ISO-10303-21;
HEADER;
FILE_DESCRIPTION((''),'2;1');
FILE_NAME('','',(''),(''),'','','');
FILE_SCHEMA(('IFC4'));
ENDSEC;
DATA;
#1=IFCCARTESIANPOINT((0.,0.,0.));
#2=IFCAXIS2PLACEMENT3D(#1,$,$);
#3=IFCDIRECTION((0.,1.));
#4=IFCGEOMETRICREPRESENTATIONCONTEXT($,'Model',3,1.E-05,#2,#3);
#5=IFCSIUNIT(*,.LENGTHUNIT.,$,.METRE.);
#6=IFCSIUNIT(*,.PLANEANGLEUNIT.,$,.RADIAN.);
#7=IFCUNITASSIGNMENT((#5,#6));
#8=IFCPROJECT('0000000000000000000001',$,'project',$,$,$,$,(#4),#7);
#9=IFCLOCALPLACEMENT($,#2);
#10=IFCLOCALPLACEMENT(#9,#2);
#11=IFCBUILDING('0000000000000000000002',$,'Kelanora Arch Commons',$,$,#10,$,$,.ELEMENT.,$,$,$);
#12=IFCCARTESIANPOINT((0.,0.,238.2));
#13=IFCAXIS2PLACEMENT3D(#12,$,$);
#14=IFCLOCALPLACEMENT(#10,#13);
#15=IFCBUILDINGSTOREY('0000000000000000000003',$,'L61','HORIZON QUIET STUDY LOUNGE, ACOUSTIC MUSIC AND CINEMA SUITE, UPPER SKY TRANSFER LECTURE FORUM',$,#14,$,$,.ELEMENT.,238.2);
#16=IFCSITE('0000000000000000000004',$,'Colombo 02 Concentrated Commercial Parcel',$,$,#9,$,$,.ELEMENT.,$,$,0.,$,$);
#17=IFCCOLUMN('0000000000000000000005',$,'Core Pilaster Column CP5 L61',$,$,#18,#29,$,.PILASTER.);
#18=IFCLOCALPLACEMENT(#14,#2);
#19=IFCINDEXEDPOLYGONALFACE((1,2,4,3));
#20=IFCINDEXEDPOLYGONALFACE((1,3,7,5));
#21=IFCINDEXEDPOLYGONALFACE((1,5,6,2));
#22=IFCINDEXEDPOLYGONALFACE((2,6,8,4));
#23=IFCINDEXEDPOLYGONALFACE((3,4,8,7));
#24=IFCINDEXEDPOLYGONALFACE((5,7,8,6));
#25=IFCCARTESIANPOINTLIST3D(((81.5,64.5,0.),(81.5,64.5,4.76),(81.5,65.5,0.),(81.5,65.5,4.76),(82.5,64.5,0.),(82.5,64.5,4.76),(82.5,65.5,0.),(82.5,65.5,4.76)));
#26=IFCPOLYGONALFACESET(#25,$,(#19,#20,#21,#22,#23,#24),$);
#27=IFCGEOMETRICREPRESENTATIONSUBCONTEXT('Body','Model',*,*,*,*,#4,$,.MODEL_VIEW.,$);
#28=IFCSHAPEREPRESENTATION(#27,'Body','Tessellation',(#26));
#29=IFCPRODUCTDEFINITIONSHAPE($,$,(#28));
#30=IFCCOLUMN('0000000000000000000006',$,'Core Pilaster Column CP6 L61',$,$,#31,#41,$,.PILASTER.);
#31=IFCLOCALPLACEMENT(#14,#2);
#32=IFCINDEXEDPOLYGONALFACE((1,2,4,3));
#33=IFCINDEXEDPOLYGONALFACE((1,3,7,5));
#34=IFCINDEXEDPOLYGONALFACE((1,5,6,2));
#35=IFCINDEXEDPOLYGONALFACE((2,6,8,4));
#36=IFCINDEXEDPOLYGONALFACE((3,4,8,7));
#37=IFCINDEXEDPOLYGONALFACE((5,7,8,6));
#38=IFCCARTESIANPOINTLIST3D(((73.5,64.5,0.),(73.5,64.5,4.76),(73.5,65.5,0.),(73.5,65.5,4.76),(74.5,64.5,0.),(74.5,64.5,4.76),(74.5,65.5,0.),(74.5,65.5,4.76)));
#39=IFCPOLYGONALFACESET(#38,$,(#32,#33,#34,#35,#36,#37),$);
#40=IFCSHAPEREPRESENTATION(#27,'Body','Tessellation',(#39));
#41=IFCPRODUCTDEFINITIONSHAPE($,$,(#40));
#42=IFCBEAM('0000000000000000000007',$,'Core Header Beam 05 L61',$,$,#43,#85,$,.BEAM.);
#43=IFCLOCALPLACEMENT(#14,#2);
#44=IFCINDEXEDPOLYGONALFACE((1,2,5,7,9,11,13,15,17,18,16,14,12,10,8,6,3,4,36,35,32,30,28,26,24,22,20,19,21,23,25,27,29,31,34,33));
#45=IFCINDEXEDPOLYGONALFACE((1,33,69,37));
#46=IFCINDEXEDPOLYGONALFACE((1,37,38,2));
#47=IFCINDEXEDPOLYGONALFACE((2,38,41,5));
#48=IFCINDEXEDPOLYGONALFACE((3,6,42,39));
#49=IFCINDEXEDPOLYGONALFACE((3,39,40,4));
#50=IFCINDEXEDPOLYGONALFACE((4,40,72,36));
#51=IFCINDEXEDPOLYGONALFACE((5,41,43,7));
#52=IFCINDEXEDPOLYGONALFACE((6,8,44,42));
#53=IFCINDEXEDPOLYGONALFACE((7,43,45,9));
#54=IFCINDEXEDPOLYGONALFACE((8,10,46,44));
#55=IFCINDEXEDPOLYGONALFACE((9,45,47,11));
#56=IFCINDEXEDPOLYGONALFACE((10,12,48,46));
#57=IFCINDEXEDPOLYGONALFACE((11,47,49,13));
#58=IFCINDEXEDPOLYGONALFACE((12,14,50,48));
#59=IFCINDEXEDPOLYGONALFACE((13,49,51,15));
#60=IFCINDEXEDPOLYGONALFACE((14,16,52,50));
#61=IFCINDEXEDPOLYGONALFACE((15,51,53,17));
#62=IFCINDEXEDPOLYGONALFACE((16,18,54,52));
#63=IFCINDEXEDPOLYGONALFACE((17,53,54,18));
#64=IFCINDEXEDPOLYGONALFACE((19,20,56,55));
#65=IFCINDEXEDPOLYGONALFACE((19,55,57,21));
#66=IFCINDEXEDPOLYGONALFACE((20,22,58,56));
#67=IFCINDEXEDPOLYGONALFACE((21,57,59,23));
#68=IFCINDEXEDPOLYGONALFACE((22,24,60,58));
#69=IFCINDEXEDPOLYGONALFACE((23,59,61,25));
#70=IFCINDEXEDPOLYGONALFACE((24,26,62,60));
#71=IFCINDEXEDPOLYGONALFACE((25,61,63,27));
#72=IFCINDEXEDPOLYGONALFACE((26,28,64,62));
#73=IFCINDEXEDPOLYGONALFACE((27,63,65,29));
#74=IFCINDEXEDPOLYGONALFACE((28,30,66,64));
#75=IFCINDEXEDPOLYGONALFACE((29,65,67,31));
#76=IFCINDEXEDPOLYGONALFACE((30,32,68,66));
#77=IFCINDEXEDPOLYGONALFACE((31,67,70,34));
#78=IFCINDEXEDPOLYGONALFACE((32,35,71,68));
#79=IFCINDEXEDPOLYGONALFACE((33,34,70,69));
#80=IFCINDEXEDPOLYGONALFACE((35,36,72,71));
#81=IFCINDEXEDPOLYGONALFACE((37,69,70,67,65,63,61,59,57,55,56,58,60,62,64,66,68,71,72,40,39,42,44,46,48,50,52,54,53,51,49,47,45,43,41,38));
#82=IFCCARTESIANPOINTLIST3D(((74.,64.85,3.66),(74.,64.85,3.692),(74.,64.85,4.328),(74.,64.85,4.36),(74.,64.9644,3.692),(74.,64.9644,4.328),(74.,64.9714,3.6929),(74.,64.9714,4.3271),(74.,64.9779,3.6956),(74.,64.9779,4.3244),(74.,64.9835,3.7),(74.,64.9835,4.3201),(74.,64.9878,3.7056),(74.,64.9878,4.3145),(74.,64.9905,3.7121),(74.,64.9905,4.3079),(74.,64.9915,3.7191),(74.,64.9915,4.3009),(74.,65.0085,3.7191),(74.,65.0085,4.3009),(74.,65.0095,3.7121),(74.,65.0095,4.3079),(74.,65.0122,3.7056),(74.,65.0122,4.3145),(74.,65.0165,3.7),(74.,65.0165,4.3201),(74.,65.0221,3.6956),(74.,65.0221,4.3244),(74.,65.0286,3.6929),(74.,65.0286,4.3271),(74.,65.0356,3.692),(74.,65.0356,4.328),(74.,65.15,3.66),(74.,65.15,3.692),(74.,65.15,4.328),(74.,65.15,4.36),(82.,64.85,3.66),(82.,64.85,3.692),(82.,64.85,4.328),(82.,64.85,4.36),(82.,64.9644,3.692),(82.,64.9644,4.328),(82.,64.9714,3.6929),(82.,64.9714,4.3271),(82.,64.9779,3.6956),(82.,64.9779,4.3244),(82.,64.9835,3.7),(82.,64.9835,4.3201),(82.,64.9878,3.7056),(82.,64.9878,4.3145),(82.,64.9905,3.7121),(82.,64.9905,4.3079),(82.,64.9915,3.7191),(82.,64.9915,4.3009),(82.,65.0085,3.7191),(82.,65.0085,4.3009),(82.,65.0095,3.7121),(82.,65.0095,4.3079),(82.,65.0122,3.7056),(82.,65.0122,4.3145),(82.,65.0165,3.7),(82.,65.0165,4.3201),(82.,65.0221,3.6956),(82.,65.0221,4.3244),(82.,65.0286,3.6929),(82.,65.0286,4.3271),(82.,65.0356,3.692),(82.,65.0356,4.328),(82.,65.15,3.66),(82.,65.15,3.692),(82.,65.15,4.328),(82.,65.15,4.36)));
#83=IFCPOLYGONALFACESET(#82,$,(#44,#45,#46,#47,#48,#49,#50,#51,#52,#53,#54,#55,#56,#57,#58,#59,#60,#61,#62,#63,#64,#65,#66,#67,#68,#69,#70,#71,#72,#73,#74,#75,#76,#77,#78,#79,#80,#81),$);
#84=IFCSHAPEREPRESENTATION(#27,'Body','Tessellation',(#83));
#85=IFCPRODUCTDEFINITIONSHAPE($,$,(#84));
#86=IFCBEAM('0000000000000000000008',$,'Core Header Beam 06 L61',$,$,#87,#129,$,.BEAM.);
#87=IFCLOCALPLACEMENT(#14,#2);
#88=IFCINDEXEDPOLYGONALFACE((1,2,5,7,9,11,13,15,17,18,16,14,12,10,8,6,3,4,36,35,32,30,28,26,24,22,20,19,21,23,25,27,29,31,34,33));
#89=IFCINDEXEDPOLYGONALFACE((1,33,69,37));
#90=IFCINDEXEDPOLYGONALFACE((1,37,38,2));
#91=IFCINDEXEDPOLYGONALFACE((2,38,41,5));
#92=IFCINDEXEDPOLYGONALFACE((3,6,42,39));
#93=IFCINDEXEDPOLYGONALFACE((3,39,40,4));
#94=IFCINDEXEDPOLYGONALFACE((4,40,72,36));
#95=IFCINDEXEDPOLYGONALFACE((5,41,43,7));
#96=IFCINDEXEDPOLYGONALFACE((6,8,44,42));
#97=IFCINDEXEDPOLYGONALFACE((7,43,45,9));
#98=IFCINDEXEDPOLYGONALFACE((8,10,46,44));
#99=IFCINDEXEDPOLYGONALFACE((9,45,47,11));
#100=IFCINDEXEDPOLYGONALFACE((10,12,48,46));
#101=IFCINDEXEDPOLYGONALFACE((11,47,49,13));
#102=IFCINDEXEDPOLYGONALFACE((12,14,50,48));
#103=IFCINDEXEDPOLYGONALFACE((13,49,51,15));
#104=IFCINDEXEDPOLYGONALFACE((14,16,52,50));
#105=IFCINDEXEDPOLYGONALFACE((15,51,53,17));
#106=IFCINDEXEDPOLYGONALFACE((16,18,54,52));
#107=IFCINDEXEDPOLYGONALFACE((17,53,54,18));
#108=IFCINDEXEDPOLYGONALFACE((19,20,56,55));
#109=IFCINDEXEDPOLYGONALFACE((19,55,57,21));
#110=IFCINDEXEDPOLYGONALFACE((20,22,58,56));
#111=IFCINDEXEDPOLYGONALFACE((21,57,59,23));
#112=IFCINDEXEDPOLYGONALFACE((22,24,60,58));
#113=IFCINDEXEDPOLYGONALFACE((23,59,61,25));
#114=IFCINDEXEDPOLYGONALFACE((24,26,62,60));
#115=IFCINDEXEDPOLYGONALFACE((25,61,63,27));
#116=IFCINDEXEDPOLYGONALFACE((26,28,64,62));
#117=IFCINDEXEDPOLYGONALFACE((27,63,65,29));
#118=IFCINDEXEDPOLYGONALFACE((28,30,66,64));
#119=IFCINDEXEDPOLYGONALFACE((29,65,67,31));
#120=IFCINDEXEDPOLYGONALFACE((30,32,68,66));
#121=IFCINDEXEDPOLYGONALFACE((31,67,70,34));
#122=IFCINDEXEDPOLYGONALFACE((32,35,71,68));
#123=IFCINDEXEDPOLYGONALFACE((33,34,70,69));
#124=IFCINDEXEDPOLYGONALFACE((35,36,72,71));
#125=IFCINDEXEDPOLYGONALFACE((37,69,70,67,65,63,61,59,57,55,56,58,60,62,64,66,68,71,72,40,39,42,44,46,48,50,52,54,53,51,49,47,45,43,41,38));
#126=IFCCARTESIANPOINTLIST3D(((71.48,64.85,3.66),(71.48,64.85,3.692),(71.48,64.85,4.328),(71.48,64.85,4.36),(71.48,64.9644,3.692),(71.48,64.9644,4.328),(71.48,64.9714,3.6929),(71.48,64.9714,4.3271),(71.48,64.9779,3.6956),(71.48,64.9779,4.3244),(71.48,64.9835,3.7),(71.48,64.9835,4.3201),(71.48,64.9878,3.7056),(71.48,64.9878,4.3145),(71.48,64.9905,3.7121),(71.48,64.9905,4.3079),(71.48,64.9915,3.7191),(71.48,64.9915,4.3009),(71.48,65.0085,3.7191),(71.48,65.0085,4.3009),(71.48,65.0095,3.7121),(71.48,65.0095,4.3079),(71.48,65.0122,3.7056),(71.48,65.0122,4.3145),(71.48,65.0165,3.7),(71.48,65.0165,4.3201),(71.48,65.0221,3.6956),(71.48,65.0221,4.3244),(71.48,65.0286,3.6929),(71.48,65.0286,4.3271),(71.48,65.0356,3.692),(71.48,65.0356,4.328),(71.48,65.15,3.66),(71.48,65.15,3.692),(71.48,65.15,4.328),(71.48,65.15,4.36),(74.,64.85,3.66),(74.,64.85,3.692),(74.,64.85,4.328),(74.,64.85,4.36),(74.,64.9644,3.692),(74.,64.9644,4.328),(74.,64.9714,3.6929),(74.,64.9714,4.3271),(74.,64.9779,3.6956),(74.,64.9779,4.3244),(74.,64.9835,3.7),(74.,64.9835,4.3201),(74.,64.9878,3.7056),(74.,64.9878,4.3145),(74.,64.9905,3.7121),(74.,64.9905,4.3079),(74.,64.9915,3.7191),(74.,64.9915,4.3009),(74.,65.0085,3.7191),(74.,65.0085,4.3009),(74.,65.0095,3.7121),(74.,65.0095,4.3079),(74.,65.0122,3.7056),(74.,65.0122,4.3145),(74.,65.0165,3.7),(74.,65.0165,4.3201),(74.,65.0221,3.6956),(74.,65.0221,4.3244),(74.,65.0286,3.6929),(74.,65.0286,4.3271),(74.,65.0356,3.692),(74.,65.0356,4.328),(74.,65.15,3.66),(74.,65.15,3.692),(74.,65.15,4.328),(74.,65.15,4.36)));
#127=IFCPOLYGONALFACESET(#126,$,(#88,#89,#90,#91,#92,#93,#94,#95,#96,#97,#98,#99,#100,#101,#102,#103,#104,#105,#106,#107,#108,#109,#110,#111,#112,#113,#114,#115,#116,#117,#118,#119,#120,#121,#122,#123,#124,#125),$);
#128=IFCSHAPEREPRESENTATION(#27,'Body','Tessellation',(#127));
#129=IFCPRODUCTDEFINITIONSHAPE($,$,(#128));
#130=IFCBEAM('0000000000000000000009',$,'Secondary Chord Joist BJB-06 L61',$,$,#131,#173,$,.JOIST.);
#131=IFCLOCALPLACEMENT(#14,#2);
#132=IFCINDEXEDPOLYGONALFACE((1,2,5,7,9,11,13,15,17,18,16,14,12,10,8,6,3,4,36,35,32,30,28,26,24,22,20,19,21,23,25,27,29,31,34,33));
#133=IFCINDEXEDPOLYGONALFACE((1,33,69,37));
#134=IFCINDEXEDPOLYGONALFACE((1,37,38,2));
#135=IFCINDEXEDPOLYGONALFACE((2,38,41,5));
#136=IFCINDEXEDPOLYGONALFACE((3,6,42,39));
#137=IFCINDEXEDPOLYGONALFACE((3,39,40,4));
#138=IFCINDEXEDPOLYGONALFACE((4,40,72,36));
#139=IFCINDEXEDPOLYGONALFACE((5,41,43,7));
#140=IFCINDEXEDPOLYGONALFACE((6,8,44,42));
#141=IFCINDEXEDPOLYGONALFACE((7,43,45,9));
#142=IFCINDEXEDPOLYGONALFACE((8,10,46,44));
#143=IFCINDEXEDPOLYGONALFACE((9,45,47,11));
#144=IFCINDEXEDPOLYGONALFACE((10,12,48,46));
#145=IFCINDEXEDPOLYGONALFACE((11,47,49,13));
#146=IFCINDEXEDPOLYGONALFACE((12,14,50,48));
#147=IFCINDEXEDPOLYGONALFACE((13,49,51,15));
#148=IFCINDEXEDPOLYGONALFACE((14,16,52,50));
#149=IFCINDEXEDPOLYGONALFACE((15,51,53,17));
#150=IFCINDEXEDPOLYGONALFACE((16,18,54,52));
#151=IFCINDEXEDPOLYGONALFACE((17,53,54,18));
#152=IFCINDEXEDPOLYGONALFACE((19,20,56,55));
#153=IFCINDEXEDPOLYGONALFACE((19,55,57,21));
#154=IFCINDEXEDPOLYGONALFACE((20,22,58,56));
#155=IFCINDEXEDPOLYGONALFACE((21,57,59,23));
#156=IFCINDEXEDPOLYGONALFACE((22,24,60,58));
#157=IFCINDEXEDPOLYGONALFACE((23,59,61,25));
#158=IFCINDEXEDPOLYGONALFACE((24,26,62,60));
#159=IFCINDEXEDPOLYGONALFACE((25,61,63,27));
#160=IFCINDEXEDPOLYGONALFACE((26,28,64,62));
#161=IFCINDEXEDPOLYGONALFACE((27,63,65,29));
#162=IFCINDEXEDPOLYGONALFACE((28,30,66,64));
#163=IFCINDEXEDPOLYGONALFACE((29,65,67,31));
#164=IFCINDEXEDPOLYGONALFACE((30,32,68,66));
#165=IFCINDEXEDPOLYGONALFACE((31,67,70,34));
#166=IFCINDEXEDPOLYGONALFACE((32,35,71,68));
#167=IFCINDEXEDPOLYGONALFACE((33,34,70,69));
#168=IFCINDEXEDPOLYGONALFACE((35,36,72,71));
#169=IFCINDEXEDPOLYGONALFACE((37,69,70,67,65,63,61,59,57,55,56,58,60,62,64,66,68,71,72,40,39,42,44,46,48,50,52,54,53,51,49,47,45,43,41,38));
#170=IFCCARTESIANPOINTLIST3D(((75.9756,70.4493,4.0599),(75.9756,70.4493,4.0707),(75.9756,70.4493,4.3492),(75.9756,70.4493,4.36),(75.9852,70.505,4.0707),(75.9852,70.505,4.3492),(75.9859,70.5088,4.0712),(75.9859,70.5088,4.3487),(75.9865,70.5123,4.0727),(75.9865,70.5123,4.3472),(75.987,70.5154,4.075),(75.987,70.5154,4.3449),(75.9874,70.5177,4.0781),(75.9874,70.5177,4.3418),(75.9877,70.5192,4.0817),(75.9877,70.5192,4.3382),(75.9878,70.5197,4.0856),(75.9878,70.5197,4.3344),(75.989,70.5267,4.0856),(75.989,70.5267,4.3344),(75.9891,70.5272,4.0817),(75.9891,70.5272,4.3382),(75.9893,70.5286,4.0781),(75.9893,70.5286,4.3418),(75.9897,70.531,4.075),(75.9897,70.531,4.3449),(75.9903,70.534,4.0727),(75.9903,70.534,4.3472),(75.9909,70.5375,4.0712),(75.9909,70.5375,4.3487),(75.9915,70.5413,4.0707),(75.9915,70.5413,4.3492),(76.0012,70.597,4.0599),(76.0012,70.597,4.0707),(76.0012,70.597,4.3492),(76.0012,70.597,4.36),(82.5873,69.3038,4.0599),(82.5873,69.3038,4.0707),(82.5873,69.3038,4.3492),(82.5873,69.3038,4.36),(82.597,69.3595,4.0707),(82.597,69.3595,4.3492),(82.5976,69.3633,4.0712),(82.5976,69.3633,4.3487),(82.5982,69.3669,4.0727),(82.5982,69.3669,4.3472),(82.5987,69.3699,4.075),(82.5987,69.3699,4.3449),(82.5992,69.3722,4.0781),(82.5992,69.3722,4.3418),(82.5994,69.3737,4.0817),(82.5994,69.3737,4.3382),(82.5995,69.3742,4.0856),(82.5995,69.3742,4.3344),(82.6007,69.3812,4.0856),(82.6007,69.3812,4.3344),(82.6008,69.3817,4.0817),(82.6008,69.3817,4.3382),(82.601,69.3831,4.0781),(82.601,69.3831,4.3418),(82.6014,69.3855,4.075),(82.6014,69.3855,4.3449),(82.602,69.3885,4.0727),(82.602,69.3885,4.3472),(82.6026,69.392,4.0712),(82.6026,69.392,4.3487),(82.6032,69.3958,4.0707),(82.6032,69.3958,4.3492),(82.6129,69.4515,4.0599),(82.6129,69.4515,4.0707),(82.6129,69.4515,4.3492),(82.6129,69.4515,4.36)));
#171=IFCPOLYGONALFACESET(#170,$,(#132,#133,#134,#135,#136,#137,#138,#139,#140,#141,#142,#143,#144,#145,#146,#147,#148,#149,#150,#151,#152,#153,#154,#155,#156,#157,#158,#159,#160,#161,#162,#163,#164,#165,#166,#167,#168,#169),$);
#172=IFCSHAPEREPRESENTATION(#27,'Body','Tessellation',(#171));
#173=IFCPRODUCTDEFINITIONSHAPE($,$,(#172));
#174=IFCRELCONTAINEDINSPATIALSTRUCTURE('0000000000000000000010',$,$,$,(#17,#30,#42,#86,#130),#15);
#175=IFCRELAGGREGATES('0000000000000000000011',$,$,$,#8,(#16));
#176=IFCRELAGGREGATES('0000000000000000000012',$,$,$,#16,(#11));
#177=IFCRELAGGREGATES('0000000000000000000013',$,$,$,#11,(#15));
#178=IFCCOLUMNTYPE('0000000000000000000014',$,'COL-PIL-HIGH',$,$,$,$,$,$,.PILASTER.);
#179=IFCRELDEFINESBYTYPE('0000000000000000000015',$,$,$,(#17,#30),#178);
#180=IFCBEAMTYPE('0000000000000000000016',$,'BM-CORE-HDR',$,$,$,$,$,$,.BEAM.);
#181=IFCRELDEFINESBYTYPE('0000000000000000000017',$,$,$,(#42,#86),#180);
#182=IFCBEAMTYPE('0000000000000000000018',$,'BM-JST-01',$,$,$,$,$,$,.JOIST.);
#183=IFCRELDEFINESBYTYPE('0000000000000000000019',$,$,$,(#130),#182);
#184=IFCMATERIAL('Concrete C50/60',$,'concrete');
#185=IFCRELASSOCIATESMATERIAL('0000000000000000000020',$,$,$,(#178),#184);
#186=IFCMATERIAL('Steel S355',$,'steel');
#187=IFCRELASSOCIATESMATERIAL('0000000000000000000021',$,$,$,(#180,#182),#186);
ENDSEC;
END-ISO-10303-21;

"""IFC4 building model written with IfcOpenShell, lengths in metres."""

from ifc_helpers import new_model, si_unit, direction, frame, origin, origin_2d, place, context, subcontext, project, spatial, rectangle, i_section, extrude, material, material_profile, profile_set, type_object, element, save


model = new_model("IFC4")

# Units and contexts
model_context = context("Model", 3, precision=1e-05, world=origin(), true_north=direction((0.0, 1.0)))
body_context = subcontext(model_context, "Body", "Model", "MODEL_VIEW")
ifc_project = project(units=[si_unit("LENGTHUNIT", "METRE"), si_unit("PLANEANGLEUNIT", "RADIAN")], contexts=[model_context])

# Site, building, storey
site_placement = place(None, origin())
site = spatial("IfcSite", under=ifc_project, at=site_placement, Name="Colombo 02 Concentrated Commercial Parcel", CompositionType="ELEMENT", RefElevation=0.0)
building_placement = place(site_placement, origin())
building = spatial("IfcBuilding", under=site, at=building_placement, Name="Kelanora Arch Commons", CompositionType="ELEMENT")
storey_placement = place(building_placement, frame((0.0, 0.0, 238.2)))
storey = spatial("IfcBuildingStorey", under=building, at=storey_placement, Name="L61", Description="HORIZON QUIET STUDY LOUNGE, ACOUSTIC MUSIC AND CINEMA SUITE, UPPER SKY TRANSFER LECTURE FORUM", CompositionType="ELEMENT", Elevation=238.2)

# Columns
ifc_material_1 = material(Name="Concrete C50/60", Category="concrete")
ifc_material_profile_1 = material_profile(ifc_material_1, rectangle(XDim=1.0, YDim=1.0, at=origin_2d()), Name="RC1000x1000")
ifc_profile_set_1 = profile_set([ifc_material_profile_1], Name="Concrete C50/60")
column_type = type_object("IfcColumnType", Name="COL-PIL-HIGH", PredefinedType="PILASTER", material=ifc_profile_set_1)
for number, where, z_axis, x_axis, name in (
    (1, (82.0, 65.0, 0.0), (0.0, 0.0, 1.0), (1.0, 0.0, 0.0), "Core Pilaster Column CP5 L61"),
    (2, (74.0, 65.0, 0.0), (0.0, 0.0, 1.0), (1.0, 0.0, 0.0), "Core Pilaster Column CP6 L61"),
):
    element("IfcColumn", number, at=place(storey_placement, frame(where, z_axis=z_axis, x_axis=x_axis)), inside=storey, type_object=column_type, Name=name, PredefinedType="PILASTER", context=body_context, shape_type="SweptSolid", body=[
        extrude(rectangle(XDim=1.0, YDim=1.0, at=origin_2d()), origin(), (0.0, 0.0, 1.0), 4.76),
    ])

# Beams
ifc_material_2 = material(Name="Steel S355", Category="steel")
ifc_material_profile_2 = material_profile(ifc_material_2, i_section(OverallWidth=0.3, OverallDepth=0.7, WebThickness=0.0171, FlangeThickness=0.032, FilletRadius=0.0271, at=origin_2d()), Name="HEB700")
ifc_profile_set_2 = profile_set([ifc_material_profile_2], Name="Steel S355")
beam_type_1 = type_object("IfcBeamType", Name="BM-CORE-HDR", PredefinedType="BEAM", material=ifc_profile_set_2)
beam_1_placement = place(storey_placement, frame((82.0, 65.0, 4.01), z_axis=(-1.0, 0.0, 0.0), x_axis=(0.0, -1.0, 0.0)))
element("IfcBeam", 3, at=beam_1_placement, inside=storey, type_object=beam_type_1, Name="Core Header Beam 05 L61", PredefinedType="BEAM", context=body_context, shape_type="SweptSolid", body=[
    extrude(i_section(OverallWidth=0.3, OverallDepth=0.7, WebThickness=0.0171, FlangeThickness=0.032, FilletRadius=0.0271, at=origin_2d()), origin(), (0.0, 0.0, 1.0), 8.0),
])
beam_2_placement = place(storey_placement, frame((74.0, 65.0, 4.01), z_axis=(-1.0, 0.0, 0.0), x_axis=(0.0, -1.0, 0.0)))
element("IfcBeam", 4, at=beam_2_placement, inside=storey, type_object=beam_type_1, Name="Core Header Beam 06 L61", PredefinedType="BEAM", context=body_context, shape_type="SweptSolid", body=[
    extrude(i_section(OverallWidth=0.3, OverallDepth=0.7, WebThickness=0.0171, FlangeThickness=0.032, FilletRadius=0.0271, at=origin_2d()), origin(), (0.0, 0.0, 1.0), 2.52),
])
ifc_material_profile_3 = material_profile(ifc_material_2, i_section(OverallWidth=0.1499, OverallDepth=0.3, WebThickness=0.0071, FlangeThickness=0.0107, FilletRadius=0.0149, at=origin_2d()), Name="IPE300")
ifc_profile_set_3 = profile_set([ifc_material_profile_3], Name="Steel S355")
beam_type_2 = type_object("IfcBeamType", Name="BM-JST-01", PredefinedType="JOIST", material=ifc_profile_set_3)
beam_3_placement = place(storey_placement, frame((82.6001, 69.3777, 4.21), z_axis=(-0.985322, 0.170709, 0.0), x_axis=(-0.170709, -0.985322, 0.0)))
element("IfcBeam", 5, at=beam_3_placement, inside=storey, type_object=beam_type_2, Name="Secondary Chord Joist BJB-06 L61", PredefinedType="JOIST", context=body_context, shape_type="SweptSolid", body=[
    extrude(i_section(OverallWidth=0.1499, OverallDepth=0.3, WebThickness=0.0071, FlangeThickness=0.0107, FilletRadius=0.0149, at=origin_2d()), origin(), (0.0, 0.0, 1.0), 6.7102),
])

save(model, "model.ifc")
